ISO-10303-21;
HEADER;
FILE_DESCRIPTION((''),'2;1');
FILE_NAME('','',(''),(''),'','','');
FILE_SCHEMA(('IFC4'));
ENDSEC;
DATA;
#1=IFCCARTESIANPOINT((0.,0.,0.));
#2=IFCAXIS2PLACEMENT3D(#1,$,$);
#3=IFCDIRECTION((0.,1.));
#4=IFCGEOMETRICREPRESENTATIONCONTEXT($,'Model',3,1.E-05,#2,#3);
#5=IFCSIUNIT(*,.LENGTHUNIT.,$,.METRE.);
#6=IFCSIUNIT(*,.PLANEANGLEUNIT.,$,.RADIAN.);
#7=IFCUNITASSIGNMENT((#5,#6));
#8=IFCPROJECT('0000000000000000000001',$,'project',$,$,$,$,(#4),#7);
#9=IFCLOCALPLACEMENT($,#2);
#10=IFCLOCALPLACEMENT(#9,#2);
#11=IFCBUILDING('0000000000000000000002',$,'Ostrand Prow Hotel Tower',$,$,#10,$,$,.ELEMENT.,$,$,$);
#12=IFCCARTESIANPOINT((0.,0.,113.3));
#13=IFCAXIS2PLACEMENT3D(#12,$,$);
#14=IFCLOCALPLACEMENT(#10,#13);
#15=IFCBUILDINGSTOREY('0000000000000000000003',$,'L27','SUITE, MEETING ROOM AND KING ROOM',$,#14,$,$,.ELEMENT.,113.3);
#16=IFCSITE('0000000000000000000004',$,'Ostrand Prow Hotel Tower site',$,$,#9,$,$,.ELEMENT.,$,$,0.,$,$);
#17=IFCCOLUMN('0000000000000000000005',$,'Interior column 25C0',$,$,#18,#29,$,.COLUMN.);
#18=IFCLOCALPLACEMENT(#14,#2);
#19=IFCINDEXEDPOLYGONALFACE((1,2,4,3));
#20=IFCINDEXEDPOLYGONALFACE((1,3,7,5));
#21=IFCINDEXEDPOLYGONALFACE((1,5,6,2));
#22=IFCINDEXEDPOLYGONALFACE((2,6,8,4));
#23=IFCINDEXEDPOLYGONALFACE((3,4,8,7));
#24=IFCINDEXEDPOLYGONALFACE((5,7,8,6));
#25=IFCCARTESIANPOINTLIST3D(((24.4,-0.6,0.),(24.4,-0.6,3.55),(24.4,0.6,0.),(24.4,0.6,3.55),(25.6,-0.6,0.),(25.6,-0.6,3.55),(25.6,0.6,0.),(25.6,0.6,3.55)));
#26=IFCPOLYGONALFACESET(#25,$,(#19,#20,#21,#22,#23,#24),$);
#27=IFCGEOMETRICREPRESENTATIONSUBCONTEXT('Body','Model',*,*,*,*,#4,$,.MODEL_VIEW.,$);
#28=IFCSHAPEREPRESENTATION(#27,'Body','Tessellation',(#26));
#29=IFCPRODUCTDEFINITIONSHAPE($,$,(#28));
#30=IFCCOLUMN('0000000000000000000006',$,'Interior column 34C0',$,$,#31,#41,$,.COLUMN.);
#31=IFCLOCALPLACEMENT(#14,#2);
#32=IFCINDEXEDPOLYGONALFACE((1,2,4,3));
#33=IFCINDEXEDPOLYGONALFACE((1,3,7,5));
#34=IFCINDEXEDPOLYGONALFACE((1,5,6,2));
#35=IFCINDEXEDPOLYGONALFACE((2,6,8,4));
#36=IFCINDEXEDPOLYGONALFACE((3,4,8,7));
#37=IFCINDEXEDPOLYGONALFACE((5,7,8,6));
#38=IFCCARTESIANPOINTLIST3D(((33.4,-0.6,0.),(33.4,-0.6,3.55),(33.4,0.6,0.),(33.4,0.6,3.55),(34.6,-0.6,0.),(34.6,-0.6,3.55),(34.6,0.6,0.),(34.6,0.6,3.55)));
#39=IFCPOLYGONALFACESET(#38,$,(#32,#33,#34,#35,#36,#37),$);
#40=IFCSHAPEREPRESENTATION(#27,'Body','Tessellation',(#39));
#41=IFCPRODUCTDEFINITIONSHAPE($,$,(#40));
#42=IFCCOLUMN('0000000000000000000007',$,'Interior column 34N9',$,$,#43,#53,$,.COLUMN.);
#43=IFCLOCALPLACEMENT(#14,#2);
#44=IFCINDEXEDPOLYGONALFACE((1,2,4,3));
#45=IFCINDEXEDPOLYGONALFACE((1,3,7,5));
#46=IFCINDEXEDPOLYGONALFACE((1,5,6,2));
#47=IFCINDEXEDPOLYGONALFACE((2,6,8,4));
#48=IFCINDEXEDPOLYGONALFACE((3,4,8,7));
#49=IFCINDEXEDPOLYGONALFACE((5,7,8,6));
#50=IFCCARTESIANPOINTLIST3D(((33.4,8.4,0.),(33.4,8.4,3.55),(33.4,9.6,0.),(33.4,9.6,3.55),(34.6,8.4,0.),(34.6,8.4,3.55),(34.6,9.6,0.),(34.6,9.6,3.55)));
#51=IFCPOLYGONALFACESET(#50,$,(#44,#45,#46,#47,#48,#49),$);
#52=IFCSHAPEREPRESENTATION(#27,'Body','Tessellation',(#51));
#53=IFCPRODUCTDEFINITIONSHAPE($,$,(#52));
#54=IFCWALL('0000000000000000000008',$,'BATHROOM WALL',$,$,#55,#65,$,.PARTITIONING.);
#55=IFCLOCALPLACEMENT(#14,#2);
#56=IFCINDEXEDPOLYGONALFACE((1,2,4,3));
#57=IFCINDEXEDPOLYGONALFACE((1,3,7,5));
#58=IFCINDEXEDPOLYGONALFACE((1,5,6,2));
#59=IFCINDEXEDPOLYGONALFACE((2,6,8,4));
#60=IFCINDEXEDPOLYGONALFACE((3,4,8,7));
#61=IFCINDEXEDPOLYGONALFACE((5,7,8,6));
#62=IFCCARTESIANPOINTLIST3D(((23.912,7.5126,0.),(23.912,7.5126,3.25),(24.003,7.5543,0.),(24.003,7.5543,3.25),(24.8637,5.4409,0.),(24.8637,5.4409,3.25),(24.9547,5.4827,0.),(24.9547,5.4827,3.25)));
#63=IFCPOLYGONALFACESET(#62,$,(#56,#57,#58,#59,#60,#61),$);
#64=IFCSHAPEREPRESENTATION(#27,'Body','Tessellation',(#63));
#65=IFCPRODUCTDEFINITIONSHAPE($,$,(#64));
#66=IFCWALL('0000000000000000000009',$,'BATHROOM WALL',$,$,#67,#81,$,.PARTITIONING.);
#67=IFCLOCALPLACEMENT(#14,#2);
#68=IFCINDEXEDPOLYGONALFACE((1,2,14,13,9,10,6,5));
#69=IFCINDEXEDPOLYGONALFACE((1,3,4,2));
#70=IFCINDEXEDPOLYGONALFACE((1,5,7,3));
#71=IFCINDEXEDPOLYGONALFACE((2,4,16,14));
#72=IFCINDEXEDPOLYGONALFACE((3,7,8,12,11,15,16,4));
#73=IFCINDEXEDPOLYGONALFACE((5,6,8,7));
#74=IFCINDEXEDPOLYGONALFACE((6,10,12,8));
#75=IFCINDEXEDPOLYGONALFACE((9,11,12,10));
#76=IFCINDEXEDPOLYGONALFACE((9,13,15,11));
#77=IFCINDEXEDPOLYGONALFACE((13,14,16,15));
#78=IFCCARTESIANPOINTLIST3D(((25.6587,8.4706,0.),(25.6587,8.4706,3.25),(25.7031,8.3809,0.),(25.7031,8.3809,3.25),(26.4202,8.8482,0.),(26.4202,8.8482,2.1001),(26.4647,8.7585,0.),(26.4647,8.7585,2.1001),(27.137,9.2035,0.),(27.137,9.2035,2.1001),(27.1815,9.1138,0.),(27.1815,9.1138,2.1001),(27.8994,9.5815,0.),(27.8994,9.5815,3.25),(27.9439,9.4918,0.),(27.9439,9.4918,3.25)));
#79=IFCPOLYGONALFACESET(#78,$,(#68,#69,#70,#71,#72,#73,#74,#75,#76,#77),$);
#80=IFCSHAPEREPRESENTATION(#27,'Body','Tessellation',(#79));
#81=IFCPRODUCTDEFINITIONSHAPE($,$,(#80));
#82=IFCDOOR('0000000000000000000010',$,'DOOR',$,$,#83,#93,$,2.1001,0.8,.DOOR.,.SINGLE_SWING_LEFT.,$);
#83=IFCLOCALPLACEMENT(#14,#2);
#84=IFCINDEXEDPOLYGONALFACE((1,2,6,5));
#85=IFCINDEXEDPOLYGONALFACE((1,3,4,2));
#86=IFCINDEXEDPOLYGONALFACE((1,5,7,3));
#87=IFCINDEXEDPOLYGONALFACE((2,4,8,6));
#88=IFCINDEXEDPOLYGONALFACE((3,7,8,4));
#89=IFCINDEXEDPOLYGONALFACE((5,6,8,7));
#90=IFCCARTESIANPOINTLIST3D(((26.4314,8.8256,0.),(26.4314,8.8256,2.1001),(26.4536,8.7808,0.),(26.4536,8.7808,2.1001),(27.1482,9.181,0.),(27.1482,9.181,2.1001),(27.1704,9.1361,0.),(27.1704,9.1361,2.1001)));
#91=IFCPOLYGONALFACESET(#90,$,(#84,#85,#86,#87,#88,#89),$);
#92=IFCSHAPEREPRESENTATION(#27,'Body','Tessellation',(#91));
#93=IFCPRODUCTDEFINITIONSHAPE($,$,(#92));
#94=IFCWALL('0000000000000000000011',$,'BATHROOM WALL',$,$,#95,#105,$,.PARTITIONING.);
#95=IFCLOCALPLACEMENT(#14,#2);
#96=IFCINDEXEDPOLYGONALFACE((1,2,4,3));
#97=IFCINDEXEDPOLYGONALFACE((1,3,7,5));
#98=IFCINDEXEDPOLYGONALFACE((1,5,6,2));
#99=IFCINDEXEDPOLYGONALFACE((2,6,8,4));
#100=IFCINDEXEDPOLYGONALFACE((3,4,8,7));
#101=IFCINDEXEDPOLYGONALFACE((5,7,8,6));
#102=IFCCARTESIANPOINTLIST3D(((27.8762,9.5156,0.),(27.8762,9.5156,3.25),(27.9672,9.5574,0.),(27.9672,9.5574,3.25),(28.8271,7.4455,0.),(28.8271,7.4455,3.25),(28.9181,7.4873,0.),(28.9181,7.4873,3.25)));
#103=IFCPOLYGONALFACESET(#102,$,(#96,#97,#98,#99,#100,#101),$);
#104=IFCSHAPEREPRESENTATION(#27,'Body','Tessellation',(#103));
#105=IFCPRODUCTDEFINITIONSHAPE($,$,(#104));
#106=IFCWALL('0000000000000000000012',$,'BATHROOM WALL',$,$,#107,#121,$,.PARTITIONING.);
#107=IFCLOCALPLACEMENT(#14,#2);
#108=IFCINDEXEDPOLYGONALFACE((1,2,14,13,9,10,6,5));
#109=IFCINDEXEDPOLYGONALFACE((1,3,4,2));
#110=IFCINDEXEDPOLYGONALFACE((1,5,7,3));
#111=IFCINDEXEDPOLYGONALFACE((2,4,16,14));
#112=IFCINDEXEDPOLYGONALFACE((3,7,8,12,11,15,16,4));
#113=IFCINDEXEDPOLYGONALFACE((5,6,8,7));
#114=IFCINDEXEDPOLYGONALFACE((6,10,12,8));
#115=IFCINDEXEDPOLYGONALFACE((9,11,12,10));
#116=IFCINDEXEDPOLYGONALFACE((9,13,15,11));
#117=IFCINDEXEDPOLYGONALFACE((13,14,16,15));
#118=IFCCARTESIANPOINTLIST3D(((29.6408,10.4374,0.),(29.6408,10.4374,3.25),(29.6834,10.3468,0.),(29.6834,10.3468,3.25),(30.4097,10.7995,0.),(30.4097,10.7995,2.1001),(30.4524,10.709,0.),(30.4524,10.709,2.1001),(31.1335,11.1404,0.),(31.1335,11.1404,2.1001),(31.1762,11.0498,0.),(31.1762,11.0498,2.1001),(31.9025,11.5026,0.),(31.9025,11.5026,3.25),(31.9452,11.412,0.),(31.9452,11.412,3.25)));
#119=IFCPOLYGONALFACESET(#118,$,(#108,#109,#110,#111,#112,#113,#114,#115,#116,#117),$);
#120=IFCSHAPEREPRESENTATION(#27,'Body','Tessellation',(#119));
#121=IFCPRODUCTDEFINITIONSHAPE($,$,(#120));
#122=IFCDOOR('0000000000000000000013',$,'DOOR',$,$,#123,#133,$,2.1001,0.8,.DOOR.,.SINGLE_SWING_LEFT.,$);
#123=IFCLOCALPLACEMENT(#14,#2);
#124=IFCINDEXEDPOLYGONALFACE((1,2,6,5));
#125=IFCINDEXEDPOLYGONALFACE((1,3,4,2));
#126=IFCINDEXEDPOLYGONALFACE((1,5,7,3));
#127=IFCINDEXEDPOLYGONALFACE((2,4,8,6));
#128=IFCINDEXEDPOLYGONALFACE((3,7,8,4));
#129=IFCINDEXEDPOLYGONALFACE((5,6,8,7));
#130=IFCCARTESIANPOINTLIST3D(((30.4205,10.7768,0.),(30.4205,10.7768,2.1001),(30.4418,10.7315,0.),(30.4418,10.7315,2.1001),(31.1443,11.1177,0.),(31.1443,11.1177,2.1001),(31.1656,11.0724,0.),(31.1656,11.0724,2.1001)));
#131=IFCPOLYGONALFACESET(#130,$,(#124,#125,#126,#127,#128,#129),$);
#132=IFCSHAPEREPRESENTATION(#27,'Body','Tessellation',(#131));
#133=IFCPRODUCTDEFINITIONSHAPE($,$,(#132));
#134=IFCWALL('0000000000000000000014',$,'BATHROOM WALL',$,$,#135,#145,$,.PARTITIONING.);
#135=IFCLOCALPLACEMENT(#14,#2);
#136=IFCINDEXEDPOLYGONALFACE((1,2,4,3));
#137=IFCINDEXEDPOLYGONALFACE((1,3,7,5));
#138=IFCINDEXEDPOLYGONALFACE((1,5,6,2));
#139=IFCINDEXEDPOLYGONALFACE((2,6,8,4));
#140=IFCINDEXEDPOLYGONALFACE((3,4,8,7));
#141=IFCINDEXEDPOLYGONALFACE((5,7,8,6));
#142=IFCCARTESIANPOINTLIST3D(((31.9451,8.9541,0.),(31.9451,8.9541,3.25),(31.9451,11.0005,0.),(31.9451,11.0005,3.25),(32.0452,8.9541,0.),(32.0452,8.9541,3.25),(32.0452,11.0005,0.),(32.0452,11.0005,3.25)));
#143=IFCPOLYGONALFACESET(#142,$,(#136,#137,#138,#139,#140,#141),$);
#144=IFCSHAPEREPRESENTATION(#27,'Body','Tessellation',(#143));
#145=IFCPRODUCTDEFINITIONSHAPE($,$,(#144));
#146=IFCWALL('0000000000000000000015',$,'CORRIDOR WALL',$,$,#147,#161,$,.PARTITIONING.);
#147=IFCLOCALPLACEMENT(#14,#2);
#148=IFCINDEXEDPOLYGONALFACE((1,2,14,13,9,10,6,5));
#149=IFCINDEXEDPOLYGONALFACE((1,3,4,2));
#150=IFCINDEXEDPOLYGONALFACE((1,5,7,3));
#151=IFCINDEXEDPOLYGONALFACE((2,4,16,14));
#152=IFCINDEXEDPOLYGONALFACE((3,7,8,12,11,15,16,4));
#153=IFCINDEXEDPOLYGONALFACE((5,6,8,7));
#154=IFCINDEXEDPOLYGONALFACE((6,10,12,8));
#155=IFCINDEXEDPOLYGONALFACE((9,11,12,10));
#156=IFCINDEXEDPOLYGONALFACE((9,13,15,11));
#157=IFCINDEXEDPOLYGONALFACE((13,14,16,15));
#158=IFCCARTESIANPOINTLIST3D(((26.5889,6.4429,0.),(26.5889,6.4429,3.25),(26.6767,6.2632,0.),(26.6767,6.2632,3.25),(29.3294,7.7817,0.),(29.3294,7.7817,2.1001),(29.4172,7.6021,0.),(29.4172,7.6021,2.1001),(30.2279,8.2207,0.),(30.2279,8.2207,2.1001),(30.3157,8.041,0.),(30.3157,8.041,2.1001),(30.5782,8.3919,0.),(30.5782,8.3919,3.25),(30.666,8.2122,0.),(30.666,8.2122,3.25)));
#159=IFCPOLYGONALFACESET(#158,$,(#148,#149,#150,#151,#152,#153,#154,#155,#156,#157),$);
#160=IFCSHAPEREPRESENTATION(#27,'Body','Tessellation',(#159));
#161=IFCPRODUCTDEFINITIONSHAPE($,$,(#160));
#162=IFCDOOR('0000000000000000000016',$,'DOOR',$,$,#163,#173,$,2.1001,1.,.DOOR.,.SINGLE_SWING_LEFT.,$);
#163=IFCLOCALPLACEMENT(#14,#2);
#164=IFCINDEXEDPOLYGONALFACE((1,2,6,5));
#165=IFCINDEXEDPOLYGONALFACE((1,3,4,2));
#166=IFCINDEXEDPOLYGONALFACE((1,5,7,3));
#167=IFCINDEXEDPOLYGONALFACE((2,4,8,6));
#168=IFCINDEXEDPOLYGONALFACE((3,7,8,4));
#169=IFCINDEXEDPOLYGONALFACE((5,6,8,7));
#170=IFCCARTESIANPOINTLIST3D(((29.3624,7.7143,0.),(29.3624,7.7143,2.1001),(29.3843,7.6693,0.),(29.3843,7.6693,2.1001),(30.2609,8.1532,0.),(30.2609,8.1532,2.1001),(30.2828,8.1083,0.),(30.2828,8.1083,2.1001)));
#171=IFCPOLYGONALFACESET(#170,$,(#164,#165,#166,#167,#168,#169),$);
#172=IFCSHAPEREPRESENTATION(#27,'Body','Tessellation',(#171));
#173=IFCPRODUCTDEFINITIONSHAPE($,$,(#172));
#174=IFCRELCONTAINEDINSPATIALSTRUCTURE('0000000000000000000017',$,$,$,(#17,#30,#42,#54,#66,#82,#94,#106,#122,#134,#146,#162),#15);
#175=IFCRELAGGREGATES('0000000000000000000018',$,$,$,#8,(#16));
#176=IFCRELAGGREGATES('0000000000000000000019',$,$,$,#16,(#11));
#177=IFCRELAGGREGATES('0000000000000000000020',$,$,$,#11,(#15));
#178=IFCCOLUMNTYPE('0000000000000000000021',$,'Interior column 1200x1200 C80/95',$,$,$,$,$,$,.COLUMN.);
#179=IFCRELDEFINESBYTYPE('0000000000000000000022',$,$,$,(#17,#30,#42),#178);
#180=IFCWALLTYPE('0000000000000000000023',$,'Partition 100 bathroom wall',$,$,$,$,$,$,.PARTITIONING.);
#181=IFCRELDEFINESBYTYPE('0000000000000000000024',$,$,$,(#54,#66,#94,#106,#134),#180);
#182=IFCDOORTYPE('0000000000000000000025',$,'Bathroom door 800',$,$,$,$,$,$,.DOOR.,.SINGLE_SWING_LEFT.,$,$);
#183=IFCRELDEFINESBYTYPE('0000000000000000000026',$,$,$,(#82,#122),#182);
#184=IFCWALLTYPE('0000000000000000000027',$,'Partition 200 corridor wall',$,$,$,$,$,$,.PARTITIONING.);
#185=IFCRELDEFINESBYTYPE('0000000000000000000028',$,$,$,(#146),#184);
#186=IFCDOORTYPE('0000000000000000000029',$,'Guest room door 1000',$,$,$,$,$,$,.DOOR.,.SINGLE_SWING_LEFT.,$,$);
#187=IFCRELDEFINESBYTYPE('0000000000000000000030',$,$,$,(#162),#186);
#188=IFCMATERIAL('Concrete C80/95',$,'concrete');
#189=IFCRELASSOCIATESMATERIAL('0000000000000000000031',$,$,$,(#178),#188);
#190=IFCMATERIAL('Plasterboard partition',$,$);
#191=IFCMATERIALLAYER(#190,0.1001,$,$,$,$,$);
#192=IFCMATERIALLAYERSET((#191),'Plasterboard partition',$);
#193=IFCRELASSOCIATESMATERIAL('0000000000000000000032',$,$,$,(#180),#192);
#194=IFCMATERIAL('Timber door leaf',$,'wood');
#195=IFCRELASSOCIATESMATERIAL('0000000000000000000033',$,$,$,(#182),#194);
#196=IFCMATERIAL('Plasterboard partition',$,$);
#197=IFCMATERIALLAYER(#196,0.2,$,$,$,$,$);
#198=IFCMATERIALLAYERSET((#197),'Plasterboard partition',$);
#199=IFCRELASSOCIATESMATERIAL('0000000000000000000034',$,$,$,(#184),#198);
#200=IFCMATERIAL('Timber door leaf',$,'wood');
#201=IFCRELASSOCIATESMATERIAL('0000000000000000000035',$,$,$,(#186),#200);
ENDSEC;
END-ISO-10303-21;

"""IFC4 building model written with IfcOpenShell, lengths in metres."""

from ifc_helpers import new_model, si_unit, direction, frame, frame_2d, origin, origin_2d, place, context, subcontext, project, spatial, rectangle, extrude, material, layer, layer_set, material_profile, profile_set, type_object, element, fill, save


model = new_model("IFC4")

# Units and contexts
model_context = context("Model", 3, precision=1e-05, world=origin(), true_north=direction((0.0, 1.0)))
body_context = subcontext(model_context, "Body", "Model", "MODEL_VIEW")
ifc_project = project(units=[si_unit("LENGTHUNIT", "METRE"), si_unit("PLANEANGLEUNIT", "RADIAN")], contexts=[model_context])

# Site, building, storey
site_placement = place(None, origin())
site = spatial("IfcSite", under=ifc_project, at=site_placement, Name="Ostrand Prow Hotel Tower site", CompositionType="ELEMENT", RefElevation=0.0)
building_placement = place(site_placement, origin())
building = spatial("IfcBuilding", under=site, at=building_placement, Name="Ostrand Prow Hotel Tower", CompositionType="ELEMENT")
storey_placement = place(building_placement, frame((0.0, 0.0, 113.3)))
storey = spatial("IfcBuildingStorey", under=building, at=storey_placement, Name="L27", Description="SUITE, MEETING ROOM AND KING ROOM", CompositionType="ELEMENT", Elevation=113.3)

# Columns
ifc_material_1 = material(Name="Concrete C80/95", Category="concrete")
ifc_material_profile = material_profile(ifc_material_1, rectangle(XDim=1.2, YDim=1.2, at=origin_2d()), Name="RC 1200x1200")
ifc_profile_set = profile_set([ifc_material_profile], Name="Concrete C80/95")
column_type = type_object("IfcColumnType", Name="Interior column 1200x1200 C80/95", PredefinedType="COLUMN", material=ifc_profile_set)
for number, where, z_axis, x_axis, name in (
    (1, (25.0, 0.0, 0.0), (0.0, 0.0, 1.0), (1.0, 0.0, 0.0), "Interior column 25C0"),
    (2, (34.0, 0.0, 0.0), (0.0, 0.0, 1.0), (1.0, 0.0, 0.0), "Interior column 34C0"),
    (3, (34.0, 9.0, 0.0), (0.0, 0.0, 1.0), (1.0, 0.0, 0.0), "Interior column 34N9"),
):
    element("IfcColumn", number, at=place(storey_placement, frame(where, z_axis=z_axis, x_axis=x_axis)), inside=storey, type_object=column_type, Name=name, PredefinedType="COLUMN", context=body_context, shape_type="SweptSolid", body=[
        extrude(rectangle(XDim=1.2, YDim=1.2, at=origin_2d()), origin(), (0.0, 0.0, 1.0), 3.55),
    ])

# Wall
ifc_material_2 = material(Name="Plasterboard partition")
ifc_layer_1 = layer(ifc_material_2, 0.1001)
ifc_layer_set_1 = layer_set([ifc_layer_1], Name="Plasterboard partition")
wall_type_1 = type_object("IfcWallType", Name="Partition 100 bathroom wall", PredefinedType="PARTITIONING", material=ifc_layer_set_1)
wall_1_placement = place(storey_placement, frame((23.9575, 7.5334, 0.0), z_axis=(0.0, 0.0, 1.0), x_axis=(0.417455, -0.908698, 0.0)))
element("IfcWall", 4, at=wall_1_placement, inside=storey, type_object=wall_type_1, Name="BATHROOM WALL", PredefinedType="PARTITIONING", context=body_context, shape_type="SweptSolid", body=[
    extrude(rectangle(XDim=2.2798, YDim=0.1001, at=frame_2d((1.1399, 0.0))), origin(), (0.0, 0.0, 1.0), 3.25),
])

# Wall, opening, door
wall_2_placement = place(storey_placement, frame((25.6809, 8.4258, 0.0), z_axis=(0.0, 0.0, 1.0), x_axis=(0.895945, 0.444165, 0.0)))
wall_2 = element("IfcWall", 5, at=wall_2_placement, inside=storey, type_object=wall_type_1, Name="BATHROOM WALL", PredefinedType="PARTITIONING", context=body_context, shape_type="SweptSolid", body=[
    extrude(rectangle(XDim=2.501, YDim=0.1001, at=frame_2d((1.2505, 0.0))), origin(), (0.0, 0.0, 1.0), 3.25),
])
opening_1_placement = place(wall_2_placement, frame((0.8501, 0.0, 0.0)))
opening_1 = element("IfcOpeningElement", 6, at=opening_1_placement, cuts=wall_2, PredefinedType="OPENING", context=body_context, shape_type="SweptSolid", body=[
    extrude(rectangle(XDim=0.8, YDim=2.1001, at=frame_2d((0.3999, 1.05))), frame((0.0, 0.0601, 0.0), z_axis=(0.0, -1.0, 0.0), x_axis=(1.0, 0.0, 0.0)), (0.0, 0.0, 1.0), 0.1201),
])
ifc_material_3 = material(Name="Timber door leaf", Category="wood")
door_type_1 = type_object("IfcDoorType", Name="Bathroom door 800", OperationType="SINGLE_SWING_LEFT", PredefinedType="DOOR", material=ifc_material_3)
door_1_placement = place(opening_1_placement, origin())
door_1 = element("IfcDoor", 7, at=door_1_placement, inside=storey, type_object=door_type_1, Name="DOOR", OperationType="SINGLE_SWING_LEFT", OverallHeight=2.1001, OverallWidth=0.8, PredefinedType="DOOR", context=body_context, shape_type="SweptSolid", body=[
    extrude(rectangle(XDim=0.8, YDim=2.1001, at=frame_2d((0.3999, 1.05))), frame((0.0, 0.0249, 0.0), z_axis=(0.0, -1.0, 0.0), x_axis=(1.0, 0.0, 0.0)), (0.0, 0.0, 1.0), 0.05),
])
fill(opening_1, door_1)

# Wall
wall_3_placement = place(storey_placement, frame((27.9216, 9.5366, 0.0), z_axis=(0.0, 0.0, 1.0), x_axis=(0.417433, -0.908708, 0.0)))
element("IfcWall", 8, at=wall_3_placement, inside=storey, type_object=wall_type_1, Name="BATHROOM WALL", PredefinedType="PARTITIONING", context=body_context, shape_type="SweptSolid", body=[
    extrude(rectangle(XDim=2.2781, YDim=0.1001, at=frame_2d((1.1392, 0.0))), origin(), (0.0, 0.0, 1.0), 3.25),
])

# Wall, opening, door
wall_4_placement = place(storey_placement, frame((29.6621, 10.3921, 0.0), z_axis=(0.0, 0.0, 1.0), x_axis=(0.904688, 0.426074, 0.0)))
wall_4 = element("IfcWall", 9, at=wall_4_placement, inside=storey, type_object=wall_type_1, Name="BATHROOM WALL", PredefinedType="PARTITIONING", context=body_context, shape_type="SweptSolid", body=[
    extrude(rectangle(XDim=2.5, YDim=0.1001, at=frame_2d((1.25, 0.0))), origin(), (0.0, 0.0, 1.0), 3.25),
])
opening_2_placement = place(wall_4_placement, frame((0.8501, 0.0, 0.0)))
opening_2 = element("IfcOpeningElement", 10, at=opening_2_placement, cuts=wall_4, PredefinedType="OPENING", context=body_context, shape_type="SweptSolid", body=[
    extrude(rectangle(XDim=0.8, YDim=2.1001, at=frame_2d((0.3999, 1.05))), frame((0.0, 0.0601, 0.0), z_axis=(0.0, -1.0, 0.0), x_axis=(1.0, 0.0, 0.0)), (0.0, 0.0, 1.0), 0.1201),
])
door_2_placement = place(opening_2_placement, origin())
door_2 = element("IfcDoor", 11, at=door_2_placement, inside=storey, type_object=door_type_1, Name="DOOR", OperationType="SINGLE_SWING_LEFT", OverallHeight=2.1001, OverallWidth=0.8, PredefinedType="DOOR", context=body_context, shape_type="SweptSolid", body=[
    extrude(rectangle(XDim=0.8, YDim=2.1001, at=frame_2d((0.3999, 1.05))), frame((0.0, 0.0249, 0.0), z_axis=(0.0, -1.0, 0.0), x_axis=(1.0, 0.0, 0.0)), (0.0, 0.0, 1.0), 0.05),
])
fill(opening_2, door_2)

# Wall
wall_5_placement = place(storey_placement, frame((31.9951, 11.0005, 0.0), z_axis=(0.0, 0.0, 1.0), x_axis=(0.0, -1.0, 0.0)))
element("IfcWall", 12, at=wall_5_placement, inside=storey, type_object=wall_type_1, Name="BATHROOM WALL", PredefinedType="PARTITIONING", context=body_context, shape_type="SweptSolid", body=[
    extrude(rectangle(XDim=2.0464, YDim=0.1001, at=frame_2d((1.0232, 0.0))), origin(), (0.0, 0.0, 1.0), 3.25),
])

# Wall, opening, door
ifc_material_4 = material(Name="Plasterboard partition")
ifc_layer_2 = layer(ifc_material_4, 0.2)
ifc_layer_set_2 = layer_set([ifc_layer_2], Name="Plasterboard partition")
wall_type_2 = type_object("IfcWallType", Name="Partition 200 corridor wall", PredefinedType="PARTITIONING", material=ifc_layer_set_2)
wall_6_placement = place(storey_placement, frame((26.6328, 6.353, 0.0), z_axis=(0.0, 0.0, 1.0), x_axis=(0.898502, 0.438968, 0.0)))
wall_6 = element("IfcWall", 13, at=wall_6_placement, inside=storey, type_object=wall_type_2, Name="CORRIDOR WALL", PredefinedType="PARTITIONING", context=body_context, shape_type="SweptSolid", body=[
    extrude(rectangle(XDim=4.4399, YDim=0.2, at=frame_2d((2.22, 0.0))), origin(), (0.0, 0.0, 1.0), 3.25),
])
opening_3_placement = place(wall_6_placement, frame((3.05, 0.0, 0.0)))
opening_3 = element("IfcOpeningElement", 14, at=opening_3_placement, cuts=wall_6, PredefinedType="OPENING", context=body_context, shape_type="SweptSolid", body=[
    extrude(rectangle(XDim=1.0, YDim=2.1001, at=frame_2d((0.5, 1.05))), frame((0.0, 0.1099, 0.0), z_axis=(0.0, -1.0, 0.0), x_axis=(1.0, 0.0, 0.0)), (0.0, 0.0, 1.0), 0.22),
])
ifc_material_5 = material(Name="Timber door leaf", Category="wood")
door_type_2 = type_object("IfcDoorType", Name="Guest room door 1000", OperationType="SINGLE_SWING_LEFT", PredefinedType="DOOR", material=ifc_material_5)
door_3_placement = place(opening_3_placement, origin())
door_3 = element("IfcDoor", 15, at=door_3_placement, inside=storey, type_object=door_type_2, Name="DOOR", OperationType="SINGLE_SWING_LEFT", OverallHeight=2.1001, OverallWidth=1.0, PredefinedType="DOOR", context=body_context, shape_type="SweptSolid", body=[
    extrude(rectangle(XDim=1.0, YDim=2.1001, at=frame_2d((0.5, 1.05))), frame((0.0, 0.0249, 0.0), z_axis=(0.0, -1.0, 0.0), x_axis=(1.0, 0.0, 0.0)), (0.0, 0.0, 1.0), 0.05),
])
fill(opening_3, door_3)

save(model, "model.ifc")
